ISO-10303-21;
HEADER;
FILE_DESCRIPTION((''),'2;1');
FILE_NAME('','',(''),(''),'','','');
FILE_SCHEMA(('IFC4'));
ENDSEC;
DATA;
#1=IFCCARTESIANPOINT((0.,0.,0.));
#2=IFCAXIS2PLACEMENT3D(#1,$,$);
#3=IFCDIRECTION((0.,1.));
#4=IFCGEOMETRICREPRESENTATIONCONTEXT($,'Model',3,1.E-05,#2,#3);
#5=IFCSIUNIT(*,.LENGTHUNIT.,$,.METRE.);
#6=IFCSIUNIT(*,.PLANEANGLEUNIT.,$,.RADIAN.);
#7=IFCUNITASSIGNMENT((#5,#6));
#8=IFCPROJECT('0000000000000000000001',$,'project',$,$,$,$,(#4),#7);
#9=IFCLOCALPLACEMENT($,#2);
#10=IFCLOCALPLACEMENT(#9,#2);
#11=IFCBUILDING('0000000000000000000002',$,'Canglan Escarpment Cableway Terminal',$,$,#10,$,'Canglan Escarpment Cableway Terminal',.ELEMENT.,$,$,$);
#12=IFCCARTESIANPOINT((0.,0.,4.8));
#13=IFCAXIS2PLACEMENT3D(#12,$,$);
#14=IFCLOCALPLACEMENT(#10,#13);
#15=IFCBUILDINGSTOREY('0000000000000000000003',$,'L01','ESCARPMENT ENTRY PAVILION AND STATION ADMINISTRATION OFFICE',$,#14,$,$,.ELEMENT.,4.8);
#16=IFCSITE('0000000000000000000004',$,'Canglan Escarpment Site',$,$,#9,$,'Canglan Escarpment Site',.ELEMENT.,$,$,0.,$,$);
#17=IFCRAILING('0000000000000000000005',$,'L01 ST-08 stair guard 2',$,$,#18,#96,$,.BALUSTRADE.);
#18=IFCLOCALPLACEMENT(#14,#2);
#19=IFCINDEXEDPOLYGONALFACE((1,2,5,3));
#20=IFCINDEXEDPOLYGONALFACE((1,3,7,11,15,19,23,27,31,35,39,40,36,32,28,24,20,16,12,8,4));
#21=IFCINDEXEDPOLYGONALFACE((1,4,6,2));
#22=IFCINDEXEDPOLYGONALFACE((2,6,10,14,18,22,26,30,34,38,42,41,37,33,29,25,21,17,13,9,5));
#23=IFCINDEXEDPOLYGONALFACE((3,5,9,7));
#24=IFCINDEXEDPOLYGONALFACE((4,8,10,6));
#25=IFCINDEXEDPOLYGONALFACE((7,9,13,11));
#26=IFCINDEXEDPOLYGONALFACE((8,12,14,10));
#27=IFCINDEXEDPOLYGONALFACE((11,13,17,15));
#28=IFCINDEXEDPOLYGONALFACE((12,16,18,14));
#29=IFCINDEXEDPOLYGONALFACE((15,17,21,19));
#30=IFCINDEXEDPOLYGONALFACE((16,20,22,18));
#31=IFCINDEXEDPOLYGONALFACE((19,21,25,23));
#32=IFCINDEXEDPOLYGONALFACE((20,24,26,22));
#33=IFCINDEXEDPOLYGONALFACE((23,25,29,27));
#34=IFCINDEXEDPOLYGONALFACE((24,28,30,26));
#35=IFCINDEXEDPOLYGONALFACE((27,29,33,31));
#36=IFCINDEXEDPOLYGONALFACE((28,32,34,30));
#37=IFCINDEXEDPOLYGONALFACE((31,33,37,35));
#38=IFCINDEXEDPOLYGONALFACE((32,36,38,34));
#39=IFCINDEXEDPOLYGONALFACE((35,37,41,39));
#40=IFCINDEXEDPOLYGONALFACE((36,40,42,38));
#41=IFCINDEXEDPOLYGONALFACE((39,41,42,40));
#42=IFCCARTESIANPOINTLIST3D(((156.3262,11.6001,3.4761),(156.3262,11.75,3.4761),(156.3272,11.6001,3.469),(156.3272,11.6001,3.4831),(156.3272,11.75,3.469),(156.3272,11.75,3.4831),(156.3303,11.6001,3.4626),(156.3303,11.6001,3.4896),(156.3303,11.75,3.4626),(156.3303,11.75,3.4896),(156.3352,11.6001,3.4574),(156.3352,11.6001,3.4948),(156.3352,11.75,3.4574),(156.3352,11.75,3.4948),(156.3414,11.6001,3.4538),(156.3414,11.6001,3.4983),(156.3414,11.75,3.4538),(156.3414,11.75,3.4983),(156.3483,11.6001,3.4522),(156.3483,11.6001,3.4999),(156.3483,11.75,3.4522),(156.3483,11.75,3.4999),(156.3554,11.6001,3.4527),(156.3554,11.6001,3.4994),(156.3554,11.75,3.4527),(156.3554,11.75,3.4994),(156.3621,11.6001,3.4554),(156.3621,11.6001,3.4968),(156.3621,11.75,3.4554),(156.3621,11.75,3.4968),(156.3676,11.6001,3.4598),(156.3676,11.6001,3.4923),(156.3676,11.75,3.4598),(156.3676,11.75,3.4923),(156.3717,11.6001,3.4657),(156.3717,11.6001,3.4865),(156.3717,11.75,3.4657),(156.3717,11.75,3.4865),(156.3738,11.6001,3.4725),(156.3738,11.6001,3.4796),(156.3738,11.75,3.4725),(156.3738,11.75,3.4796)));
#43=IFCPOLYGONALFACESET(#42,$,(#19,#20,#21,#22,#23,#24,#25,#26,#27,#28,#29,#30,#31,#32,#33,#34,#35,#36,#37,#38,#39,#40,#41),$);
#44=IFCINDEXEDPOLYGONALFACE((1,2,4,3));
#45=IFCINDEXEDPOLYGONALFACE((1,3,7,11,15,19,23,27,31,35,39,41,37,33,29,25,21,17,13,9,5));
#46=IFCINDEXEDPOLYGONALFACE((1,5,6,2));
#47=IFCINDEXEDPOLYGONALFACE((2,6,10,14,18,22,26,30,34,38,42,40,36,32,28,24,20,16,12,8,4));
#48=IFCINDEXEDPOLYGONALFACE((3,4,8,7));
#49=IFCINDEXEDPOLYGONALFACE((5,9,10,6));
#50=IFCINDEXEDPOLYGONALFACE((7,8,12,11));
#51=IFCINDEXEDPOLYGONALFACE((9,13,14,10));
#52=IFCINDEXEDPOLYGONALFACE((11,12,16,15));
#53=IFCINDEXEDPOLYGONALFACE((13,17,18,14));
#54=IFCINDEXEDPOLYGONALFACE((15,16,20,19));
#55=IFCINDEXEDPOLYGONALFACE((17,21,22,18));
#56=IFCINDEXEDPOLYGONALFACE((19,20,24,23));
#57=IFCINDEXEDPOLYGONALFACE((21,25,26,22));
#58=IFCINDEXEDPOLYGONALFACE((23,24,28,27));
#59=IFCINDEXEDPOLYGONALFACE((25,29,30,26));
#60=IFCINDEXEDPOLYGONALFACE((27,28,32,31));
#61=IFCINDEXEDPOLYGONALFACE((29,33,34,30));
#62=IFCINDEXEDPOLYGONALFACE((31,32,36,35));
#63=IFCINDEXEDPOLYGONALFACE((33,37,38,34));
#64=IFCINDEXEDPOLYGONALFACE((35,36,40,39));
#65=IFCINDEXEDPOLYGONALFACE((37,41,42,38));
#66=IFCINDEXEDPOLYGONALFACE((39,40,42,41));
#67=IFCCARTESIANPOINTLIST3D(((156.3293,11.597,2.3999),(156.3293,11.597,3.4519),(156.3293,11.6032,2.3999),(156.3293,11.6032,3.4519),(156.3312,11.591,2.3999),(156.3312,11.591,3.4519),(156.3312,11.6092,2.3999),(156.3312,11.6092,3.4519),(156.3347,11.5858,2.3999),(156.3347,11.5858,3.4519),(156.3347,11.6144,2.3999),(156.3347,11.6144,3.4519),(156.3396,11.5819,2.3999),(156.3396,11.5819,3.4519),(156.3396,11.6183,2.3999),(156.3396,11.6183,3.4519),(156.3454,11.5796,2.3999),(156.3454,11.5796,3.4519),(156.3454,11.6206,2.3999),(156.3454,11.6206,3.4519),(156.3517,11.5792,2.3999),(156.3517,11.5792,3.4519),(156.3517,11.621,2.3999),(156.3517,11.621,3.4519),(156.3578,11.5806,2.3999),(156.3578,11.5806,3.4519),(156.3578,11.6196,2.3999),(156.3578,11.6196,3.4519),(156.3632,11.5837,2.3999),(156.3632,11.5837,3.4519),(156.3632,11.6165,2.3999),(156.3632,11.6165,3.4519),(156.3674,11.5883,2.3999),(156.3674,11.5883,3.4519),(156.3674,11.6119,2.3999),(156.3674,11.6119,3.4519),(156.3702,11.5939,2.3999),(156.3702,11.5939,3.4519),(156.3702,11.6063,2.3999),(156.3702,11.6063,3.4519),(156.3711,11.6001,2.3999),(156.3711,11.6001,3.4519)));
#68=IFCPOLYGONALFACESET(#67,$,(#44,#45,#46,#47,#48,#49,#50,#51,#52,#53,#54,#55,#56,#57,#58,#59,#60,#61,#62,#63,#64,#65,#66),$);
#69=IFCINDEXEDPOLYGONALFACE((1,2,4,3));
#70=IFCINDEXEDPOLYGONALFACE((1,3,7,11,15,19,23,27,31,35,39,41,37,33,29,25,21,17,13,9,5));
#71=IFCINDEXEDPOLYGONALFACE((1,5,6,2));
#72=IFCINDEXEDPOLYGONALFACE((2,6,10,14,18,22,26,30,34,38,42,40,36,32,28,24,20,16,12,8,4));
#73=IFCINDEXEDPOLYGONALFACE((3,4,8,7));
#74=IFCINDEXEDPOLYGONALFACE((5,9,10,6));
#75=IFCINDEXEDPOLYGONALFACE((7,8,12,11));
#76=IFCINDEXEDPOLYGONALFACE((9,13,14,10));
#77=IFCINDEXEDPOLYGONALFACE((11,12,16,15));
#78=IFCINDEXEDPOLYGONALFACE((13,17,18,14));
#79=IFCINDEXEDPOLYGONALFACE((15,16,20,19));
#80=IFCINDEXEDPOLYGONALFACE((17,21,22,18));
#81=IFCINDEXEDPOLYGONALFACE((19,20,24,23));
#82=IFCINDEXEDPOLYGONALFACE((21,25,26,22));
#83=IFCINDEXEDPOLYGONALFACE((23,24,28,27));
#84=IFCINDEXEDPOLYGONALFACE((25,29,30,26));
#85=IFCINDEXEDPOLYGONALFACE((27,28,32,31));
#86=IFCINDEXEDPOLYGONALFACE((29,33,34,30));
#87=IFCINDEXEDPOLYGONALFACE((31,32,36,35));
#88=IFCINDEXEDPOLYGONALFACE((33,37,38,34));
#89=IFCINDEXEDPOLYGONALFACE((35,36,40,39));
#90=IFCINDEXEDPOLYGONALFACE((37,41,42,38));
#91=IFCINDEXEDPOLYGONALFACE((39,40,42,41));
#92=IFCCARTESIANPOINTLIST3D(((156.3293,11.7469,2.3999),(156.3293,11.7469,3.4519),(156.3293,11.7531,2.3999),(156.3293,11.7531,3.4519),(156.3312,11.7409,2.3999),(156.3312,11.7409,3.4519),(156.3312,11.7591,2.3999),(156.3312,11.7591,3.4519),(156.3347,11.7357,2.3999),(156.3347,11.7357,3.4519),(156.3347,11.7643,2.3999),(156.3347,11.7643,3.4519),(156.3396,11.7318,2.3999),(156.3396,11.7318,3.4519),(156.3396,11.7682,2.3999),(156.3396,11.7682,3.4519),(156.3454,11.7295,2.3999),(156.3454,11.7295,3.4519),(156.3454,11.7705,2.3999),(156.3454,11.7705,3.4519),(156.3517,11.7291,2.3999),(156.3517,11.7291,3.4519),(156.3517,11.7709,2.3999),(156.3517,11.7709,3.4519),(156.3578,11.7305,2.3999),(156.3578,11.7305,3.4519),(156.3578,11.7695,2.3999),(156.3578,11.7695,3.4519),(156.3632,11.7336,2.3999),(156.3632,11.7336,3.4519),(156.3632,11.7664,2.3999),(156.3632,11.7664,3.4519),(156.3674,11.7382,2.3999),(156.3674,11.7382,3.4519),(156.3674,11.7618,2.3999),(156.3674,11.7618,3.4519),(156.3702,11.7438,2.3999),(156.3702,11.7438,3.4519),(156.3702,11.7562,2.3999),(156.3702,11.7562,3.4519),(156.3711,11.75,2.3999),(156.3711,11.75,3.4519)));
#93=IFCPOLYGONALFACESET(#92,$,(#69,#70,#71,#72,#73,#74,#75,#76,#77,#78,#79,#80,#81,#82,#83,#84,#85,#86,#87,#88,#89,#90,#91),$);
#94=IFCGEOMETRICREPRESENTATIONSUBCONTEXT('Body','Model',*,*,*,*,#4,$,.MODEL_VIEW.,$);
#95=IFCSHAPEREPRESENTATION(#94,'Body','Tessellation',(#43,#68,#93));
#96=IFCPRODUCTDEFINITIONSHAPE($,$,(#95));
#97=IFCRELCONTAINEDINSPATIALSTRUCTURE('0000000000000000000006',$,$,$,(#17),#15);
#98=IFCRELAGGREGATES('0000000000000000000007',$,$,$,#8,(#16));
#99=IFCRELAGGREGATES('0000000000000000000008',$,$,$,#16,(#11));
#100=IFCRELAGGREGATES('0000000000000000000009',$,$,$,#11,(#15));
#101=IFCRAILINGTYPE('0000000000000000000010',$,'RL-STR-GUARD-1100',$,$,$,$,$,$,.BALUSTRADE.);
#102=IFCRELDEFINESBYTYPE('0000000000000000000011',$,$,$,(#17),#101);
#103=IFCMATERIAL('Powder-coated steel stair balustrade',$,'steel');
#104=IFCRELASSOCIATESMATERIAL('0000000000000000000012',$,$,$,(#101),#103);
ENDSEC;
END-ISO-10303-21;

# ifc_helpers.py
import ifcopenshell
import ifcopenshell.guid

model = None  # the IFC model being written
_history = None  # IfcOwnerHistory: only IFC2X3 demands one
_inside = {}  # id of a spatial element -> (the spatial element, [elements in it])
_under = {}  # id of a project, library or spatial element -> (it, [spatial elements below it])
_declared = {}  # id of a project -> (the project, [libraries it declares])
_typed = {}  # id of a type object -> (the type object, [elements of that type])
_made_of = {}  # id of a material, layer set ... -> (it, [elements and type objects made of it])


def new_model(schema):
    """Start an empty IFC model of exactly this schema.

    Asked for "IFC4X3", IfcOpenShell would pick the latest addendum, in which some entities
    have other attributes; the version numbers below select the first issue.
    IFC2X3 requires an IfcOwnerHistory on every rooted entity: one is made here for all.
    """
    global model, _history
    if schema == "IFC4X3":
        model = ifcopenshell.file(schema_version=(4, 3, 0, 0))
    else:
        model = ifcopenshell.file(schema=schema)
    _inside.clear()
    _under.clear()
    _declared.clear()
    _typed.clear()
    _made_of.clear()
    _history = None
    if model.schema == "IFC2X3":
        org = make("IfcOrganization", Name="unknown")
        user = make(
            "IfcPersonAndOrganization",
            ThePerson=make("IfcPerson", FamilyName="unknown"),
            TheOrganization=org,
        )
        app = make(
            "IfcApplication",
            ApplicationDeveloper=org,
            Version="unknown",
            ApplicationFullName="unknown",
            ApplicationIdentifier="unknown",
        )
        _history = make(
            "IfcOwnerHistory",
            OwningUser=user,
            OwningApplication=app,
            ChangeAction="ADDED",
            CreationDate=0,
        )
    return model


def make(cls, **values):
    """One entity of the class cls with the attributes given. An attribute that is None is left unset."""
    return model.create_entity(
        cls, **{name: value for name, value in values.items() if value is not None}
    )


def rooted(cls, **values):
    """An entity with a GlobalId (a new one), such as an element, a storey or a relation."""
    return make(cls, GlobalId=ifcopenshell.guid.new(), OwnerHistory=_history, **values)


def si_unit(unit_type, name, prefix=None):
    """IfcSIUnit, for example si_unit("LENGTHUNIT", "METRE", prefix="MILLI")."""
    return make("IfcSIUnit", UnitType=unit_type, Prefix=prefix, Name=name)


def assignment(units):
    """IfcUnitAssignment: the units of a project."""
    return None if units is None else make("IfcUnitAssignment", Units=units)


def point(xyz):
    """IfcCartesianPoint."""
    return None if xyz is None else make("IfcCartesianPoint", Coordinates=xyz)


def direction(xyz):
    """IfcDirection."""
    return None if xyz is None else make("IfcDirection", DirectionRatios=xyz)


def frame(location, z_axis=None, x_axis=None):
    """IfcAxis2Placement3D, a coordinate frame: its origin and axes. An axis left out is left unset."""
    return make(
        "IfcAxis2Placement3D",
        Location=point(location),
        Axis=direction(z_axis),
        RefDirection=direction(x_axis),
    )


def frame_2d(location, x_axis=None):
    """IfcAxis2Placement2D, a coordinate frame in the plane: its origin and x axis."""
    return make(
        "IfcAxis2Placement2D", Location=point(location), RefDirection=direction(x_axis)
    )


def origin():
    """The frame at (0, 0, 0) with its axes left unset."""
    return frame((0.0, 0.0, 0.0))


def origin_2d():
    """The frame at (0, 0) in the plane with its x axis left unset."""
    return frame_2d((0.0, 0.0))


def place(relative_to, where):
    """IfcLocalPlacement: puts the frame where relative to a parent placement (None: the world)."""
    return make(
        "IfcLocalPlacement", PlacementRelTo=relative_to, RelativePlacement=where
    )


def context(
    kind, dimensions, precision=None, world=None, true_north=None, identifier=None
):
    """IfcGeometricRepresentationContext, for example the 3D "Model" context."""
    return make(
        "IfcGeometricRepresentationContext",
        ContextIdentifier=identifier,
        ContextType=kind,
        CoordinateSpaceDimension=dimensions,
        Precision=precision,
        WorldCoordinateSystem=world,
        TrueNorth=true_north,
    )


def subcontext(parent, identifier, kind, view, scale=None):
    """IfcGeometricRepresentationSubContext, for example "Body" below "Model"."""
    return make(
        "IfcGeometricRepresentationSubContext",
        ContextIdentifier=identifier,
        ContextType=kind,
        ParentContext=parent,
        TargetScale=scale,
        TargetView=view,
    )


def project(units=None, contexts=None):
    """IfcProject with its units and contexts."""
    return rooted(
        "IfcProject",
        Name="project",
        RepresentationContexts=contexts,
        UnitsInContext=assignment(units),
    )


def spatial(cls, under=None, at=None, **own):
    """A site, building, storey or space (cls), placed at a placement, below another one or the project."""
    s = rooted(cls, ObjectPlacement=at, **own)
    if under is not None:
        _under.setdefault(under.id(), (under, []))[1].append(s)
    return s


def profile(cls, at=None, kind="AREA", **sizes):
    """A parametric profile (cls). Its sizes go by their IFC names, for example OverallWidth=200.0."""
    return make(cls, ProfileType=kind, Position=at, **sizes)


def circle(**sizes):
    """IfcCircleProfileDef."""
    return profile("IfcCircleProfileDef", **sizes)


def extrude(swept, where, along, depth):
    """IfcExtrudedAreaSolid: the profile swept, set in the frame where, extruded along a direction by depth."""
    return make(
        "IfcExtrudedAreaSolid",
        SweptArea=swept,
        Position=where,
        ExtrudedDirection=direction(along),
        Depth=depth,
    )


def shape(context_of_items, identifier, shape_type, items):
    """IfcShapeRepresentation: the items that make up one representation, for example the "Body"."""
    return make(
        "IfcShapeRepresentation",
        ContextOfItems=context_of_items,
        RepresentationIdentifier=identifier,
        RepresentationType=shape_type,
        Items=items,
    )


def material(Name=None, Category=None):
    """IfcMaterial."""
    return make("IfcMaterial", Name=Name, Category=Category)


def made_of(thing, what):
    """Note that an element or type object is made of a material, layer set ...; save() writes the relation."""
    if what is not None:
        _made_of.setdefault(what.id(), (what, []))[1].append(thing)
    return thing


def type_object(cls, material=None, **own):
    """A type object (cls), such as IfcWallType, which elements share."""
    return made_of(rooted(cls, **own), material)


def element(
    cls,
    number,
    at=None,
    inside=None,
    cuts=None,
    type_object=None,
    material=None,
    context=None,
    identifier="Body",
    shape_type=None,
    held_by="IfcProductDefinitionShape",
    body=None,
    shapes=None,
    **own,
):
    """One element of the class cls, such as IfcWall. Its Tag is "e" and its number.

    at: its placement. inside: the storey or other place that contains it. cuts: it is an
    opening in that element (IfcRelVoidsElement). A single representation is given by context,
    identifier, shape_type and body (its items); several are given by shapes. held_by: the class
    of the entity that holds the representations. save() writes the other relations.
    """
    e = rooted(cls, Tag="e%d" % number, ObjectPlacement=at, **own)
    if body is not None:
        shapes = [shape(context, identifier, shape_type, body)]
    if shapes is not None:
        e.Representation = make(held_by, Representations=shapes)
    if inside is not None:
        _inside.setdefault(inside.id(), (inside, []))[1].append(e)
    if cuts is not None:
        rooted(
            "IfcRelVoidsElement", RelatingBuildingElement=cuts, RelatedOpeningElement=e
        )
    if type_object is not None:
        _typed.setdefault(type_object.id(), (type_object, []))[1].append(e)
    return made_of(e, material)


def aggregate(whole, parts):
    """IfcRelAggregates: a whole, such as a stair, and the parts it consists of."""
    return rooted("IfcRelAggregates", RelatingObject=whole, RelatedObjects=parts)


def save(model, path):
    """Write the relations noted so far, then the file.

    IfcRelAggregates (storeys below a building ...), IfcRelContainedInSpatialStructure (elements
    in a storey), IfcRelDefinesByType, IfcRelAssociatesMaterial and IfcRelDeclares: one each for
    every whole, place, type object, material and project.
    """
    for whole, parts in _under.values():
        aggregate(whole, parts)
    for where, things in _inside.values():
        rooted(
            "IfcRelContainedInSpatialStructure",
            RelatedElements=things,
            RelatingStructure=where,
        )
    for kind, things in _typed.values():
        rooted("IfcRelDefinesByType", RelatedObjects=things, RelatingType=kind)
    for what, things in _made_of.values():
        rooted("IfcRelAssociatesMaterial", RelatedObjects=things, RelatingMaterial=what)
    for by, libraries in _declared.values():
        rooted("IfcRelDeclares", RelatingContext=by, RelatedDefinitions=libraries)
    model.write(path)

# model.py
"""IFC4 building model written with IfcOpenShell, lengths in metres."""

from ifc_helpers import new_model, si_unit, direction, frame, origin, origin_2d, place, context, subcontext, project, spatial, circle, extrude, material, type_object, element, save


model = new_model("IFC4")

# Units and contexts
model_context = context("Model", 3, precision=1e-05, world=origin(), true_north=direction((0.0, 1.0)))
body_context = subcontext(model_context, "Body", "Model", "MODEL_VIEW")
ifc_project = project(units=[si_unit("LENGTHUNIT", "METRE"), si_unit("PLANEANGLEUNIT", "RADIAN")], contexts=[model_context])

# Site, building, storey
site_placement = place(None, origin())
site = spatial("IfcSite", under=ifc_project, at=site_placement, Name="Canglan Escarpment Site", LongName="Canglan Escarpment Site", CompositionType="ELEMENT", RefElevation=0.0)
building_placement = place(site_placement, origin())
building = spatial("IfcBuilding", under=site, at=building_placement, Name="Canglan Escarpment Cableway Terminal", LongName="Canglan Escarpment Cableway Terminal", CompositionType="ELEMENT")
storey_placement = place(building_placement, frame((0.0, 0.0, 4.8)))
storey = spatial("IfcBuildingStorey", under=building, at=storey_placement, Name="L01", Description="ESCARPMENT ENTRY PAVILION AND STATION ADMINISTRATION OFFICE", CompositionType="ELEMENT", Elevation=4.8)

# Railing
ifc_material_1 = material(Name="Powder-coated steel stair balustrade", Category="steel")
railing_type_1 = type_object("IfcRailingType", Name="RL-STR-GUARD-1100", PredefinedType="BALUSTRADE", material=ifc_material_1)
railing_1_placement = place(storey_placement, frame((156.3501, 11.6001, 2.3999)))
element("IfcRailing", 1, at=railing_1_placement, inside=storey, type_object=railing_type_1, Name="L01 ST-08 stair guard 2", PredefinedType="BALUSTRADE", context=body_context, shape_type="SweptSolid", body=[
    extrude(circle(Radius=0.0239, at=origin_2d()), frame((0.0, 0.0, 1.0762), z_axis=(0.0, 1.0, 0.0), x_axis=(-1.0, 0.0, 0.0)), (0.0, 0.0, 1.0), 0.1499),
    extrude(circle(Radius=0.021, at=origin_2d()), origin(), (0.0, 0.0, 1.0), 1.052),
    extrude(circle(Radius=0.021, at=origin_2d()), frame((0.0, 0.1499, 0.0)), (0.0, 0.0, 1.0), 1.052),
])

save(model, "model.ifc")
